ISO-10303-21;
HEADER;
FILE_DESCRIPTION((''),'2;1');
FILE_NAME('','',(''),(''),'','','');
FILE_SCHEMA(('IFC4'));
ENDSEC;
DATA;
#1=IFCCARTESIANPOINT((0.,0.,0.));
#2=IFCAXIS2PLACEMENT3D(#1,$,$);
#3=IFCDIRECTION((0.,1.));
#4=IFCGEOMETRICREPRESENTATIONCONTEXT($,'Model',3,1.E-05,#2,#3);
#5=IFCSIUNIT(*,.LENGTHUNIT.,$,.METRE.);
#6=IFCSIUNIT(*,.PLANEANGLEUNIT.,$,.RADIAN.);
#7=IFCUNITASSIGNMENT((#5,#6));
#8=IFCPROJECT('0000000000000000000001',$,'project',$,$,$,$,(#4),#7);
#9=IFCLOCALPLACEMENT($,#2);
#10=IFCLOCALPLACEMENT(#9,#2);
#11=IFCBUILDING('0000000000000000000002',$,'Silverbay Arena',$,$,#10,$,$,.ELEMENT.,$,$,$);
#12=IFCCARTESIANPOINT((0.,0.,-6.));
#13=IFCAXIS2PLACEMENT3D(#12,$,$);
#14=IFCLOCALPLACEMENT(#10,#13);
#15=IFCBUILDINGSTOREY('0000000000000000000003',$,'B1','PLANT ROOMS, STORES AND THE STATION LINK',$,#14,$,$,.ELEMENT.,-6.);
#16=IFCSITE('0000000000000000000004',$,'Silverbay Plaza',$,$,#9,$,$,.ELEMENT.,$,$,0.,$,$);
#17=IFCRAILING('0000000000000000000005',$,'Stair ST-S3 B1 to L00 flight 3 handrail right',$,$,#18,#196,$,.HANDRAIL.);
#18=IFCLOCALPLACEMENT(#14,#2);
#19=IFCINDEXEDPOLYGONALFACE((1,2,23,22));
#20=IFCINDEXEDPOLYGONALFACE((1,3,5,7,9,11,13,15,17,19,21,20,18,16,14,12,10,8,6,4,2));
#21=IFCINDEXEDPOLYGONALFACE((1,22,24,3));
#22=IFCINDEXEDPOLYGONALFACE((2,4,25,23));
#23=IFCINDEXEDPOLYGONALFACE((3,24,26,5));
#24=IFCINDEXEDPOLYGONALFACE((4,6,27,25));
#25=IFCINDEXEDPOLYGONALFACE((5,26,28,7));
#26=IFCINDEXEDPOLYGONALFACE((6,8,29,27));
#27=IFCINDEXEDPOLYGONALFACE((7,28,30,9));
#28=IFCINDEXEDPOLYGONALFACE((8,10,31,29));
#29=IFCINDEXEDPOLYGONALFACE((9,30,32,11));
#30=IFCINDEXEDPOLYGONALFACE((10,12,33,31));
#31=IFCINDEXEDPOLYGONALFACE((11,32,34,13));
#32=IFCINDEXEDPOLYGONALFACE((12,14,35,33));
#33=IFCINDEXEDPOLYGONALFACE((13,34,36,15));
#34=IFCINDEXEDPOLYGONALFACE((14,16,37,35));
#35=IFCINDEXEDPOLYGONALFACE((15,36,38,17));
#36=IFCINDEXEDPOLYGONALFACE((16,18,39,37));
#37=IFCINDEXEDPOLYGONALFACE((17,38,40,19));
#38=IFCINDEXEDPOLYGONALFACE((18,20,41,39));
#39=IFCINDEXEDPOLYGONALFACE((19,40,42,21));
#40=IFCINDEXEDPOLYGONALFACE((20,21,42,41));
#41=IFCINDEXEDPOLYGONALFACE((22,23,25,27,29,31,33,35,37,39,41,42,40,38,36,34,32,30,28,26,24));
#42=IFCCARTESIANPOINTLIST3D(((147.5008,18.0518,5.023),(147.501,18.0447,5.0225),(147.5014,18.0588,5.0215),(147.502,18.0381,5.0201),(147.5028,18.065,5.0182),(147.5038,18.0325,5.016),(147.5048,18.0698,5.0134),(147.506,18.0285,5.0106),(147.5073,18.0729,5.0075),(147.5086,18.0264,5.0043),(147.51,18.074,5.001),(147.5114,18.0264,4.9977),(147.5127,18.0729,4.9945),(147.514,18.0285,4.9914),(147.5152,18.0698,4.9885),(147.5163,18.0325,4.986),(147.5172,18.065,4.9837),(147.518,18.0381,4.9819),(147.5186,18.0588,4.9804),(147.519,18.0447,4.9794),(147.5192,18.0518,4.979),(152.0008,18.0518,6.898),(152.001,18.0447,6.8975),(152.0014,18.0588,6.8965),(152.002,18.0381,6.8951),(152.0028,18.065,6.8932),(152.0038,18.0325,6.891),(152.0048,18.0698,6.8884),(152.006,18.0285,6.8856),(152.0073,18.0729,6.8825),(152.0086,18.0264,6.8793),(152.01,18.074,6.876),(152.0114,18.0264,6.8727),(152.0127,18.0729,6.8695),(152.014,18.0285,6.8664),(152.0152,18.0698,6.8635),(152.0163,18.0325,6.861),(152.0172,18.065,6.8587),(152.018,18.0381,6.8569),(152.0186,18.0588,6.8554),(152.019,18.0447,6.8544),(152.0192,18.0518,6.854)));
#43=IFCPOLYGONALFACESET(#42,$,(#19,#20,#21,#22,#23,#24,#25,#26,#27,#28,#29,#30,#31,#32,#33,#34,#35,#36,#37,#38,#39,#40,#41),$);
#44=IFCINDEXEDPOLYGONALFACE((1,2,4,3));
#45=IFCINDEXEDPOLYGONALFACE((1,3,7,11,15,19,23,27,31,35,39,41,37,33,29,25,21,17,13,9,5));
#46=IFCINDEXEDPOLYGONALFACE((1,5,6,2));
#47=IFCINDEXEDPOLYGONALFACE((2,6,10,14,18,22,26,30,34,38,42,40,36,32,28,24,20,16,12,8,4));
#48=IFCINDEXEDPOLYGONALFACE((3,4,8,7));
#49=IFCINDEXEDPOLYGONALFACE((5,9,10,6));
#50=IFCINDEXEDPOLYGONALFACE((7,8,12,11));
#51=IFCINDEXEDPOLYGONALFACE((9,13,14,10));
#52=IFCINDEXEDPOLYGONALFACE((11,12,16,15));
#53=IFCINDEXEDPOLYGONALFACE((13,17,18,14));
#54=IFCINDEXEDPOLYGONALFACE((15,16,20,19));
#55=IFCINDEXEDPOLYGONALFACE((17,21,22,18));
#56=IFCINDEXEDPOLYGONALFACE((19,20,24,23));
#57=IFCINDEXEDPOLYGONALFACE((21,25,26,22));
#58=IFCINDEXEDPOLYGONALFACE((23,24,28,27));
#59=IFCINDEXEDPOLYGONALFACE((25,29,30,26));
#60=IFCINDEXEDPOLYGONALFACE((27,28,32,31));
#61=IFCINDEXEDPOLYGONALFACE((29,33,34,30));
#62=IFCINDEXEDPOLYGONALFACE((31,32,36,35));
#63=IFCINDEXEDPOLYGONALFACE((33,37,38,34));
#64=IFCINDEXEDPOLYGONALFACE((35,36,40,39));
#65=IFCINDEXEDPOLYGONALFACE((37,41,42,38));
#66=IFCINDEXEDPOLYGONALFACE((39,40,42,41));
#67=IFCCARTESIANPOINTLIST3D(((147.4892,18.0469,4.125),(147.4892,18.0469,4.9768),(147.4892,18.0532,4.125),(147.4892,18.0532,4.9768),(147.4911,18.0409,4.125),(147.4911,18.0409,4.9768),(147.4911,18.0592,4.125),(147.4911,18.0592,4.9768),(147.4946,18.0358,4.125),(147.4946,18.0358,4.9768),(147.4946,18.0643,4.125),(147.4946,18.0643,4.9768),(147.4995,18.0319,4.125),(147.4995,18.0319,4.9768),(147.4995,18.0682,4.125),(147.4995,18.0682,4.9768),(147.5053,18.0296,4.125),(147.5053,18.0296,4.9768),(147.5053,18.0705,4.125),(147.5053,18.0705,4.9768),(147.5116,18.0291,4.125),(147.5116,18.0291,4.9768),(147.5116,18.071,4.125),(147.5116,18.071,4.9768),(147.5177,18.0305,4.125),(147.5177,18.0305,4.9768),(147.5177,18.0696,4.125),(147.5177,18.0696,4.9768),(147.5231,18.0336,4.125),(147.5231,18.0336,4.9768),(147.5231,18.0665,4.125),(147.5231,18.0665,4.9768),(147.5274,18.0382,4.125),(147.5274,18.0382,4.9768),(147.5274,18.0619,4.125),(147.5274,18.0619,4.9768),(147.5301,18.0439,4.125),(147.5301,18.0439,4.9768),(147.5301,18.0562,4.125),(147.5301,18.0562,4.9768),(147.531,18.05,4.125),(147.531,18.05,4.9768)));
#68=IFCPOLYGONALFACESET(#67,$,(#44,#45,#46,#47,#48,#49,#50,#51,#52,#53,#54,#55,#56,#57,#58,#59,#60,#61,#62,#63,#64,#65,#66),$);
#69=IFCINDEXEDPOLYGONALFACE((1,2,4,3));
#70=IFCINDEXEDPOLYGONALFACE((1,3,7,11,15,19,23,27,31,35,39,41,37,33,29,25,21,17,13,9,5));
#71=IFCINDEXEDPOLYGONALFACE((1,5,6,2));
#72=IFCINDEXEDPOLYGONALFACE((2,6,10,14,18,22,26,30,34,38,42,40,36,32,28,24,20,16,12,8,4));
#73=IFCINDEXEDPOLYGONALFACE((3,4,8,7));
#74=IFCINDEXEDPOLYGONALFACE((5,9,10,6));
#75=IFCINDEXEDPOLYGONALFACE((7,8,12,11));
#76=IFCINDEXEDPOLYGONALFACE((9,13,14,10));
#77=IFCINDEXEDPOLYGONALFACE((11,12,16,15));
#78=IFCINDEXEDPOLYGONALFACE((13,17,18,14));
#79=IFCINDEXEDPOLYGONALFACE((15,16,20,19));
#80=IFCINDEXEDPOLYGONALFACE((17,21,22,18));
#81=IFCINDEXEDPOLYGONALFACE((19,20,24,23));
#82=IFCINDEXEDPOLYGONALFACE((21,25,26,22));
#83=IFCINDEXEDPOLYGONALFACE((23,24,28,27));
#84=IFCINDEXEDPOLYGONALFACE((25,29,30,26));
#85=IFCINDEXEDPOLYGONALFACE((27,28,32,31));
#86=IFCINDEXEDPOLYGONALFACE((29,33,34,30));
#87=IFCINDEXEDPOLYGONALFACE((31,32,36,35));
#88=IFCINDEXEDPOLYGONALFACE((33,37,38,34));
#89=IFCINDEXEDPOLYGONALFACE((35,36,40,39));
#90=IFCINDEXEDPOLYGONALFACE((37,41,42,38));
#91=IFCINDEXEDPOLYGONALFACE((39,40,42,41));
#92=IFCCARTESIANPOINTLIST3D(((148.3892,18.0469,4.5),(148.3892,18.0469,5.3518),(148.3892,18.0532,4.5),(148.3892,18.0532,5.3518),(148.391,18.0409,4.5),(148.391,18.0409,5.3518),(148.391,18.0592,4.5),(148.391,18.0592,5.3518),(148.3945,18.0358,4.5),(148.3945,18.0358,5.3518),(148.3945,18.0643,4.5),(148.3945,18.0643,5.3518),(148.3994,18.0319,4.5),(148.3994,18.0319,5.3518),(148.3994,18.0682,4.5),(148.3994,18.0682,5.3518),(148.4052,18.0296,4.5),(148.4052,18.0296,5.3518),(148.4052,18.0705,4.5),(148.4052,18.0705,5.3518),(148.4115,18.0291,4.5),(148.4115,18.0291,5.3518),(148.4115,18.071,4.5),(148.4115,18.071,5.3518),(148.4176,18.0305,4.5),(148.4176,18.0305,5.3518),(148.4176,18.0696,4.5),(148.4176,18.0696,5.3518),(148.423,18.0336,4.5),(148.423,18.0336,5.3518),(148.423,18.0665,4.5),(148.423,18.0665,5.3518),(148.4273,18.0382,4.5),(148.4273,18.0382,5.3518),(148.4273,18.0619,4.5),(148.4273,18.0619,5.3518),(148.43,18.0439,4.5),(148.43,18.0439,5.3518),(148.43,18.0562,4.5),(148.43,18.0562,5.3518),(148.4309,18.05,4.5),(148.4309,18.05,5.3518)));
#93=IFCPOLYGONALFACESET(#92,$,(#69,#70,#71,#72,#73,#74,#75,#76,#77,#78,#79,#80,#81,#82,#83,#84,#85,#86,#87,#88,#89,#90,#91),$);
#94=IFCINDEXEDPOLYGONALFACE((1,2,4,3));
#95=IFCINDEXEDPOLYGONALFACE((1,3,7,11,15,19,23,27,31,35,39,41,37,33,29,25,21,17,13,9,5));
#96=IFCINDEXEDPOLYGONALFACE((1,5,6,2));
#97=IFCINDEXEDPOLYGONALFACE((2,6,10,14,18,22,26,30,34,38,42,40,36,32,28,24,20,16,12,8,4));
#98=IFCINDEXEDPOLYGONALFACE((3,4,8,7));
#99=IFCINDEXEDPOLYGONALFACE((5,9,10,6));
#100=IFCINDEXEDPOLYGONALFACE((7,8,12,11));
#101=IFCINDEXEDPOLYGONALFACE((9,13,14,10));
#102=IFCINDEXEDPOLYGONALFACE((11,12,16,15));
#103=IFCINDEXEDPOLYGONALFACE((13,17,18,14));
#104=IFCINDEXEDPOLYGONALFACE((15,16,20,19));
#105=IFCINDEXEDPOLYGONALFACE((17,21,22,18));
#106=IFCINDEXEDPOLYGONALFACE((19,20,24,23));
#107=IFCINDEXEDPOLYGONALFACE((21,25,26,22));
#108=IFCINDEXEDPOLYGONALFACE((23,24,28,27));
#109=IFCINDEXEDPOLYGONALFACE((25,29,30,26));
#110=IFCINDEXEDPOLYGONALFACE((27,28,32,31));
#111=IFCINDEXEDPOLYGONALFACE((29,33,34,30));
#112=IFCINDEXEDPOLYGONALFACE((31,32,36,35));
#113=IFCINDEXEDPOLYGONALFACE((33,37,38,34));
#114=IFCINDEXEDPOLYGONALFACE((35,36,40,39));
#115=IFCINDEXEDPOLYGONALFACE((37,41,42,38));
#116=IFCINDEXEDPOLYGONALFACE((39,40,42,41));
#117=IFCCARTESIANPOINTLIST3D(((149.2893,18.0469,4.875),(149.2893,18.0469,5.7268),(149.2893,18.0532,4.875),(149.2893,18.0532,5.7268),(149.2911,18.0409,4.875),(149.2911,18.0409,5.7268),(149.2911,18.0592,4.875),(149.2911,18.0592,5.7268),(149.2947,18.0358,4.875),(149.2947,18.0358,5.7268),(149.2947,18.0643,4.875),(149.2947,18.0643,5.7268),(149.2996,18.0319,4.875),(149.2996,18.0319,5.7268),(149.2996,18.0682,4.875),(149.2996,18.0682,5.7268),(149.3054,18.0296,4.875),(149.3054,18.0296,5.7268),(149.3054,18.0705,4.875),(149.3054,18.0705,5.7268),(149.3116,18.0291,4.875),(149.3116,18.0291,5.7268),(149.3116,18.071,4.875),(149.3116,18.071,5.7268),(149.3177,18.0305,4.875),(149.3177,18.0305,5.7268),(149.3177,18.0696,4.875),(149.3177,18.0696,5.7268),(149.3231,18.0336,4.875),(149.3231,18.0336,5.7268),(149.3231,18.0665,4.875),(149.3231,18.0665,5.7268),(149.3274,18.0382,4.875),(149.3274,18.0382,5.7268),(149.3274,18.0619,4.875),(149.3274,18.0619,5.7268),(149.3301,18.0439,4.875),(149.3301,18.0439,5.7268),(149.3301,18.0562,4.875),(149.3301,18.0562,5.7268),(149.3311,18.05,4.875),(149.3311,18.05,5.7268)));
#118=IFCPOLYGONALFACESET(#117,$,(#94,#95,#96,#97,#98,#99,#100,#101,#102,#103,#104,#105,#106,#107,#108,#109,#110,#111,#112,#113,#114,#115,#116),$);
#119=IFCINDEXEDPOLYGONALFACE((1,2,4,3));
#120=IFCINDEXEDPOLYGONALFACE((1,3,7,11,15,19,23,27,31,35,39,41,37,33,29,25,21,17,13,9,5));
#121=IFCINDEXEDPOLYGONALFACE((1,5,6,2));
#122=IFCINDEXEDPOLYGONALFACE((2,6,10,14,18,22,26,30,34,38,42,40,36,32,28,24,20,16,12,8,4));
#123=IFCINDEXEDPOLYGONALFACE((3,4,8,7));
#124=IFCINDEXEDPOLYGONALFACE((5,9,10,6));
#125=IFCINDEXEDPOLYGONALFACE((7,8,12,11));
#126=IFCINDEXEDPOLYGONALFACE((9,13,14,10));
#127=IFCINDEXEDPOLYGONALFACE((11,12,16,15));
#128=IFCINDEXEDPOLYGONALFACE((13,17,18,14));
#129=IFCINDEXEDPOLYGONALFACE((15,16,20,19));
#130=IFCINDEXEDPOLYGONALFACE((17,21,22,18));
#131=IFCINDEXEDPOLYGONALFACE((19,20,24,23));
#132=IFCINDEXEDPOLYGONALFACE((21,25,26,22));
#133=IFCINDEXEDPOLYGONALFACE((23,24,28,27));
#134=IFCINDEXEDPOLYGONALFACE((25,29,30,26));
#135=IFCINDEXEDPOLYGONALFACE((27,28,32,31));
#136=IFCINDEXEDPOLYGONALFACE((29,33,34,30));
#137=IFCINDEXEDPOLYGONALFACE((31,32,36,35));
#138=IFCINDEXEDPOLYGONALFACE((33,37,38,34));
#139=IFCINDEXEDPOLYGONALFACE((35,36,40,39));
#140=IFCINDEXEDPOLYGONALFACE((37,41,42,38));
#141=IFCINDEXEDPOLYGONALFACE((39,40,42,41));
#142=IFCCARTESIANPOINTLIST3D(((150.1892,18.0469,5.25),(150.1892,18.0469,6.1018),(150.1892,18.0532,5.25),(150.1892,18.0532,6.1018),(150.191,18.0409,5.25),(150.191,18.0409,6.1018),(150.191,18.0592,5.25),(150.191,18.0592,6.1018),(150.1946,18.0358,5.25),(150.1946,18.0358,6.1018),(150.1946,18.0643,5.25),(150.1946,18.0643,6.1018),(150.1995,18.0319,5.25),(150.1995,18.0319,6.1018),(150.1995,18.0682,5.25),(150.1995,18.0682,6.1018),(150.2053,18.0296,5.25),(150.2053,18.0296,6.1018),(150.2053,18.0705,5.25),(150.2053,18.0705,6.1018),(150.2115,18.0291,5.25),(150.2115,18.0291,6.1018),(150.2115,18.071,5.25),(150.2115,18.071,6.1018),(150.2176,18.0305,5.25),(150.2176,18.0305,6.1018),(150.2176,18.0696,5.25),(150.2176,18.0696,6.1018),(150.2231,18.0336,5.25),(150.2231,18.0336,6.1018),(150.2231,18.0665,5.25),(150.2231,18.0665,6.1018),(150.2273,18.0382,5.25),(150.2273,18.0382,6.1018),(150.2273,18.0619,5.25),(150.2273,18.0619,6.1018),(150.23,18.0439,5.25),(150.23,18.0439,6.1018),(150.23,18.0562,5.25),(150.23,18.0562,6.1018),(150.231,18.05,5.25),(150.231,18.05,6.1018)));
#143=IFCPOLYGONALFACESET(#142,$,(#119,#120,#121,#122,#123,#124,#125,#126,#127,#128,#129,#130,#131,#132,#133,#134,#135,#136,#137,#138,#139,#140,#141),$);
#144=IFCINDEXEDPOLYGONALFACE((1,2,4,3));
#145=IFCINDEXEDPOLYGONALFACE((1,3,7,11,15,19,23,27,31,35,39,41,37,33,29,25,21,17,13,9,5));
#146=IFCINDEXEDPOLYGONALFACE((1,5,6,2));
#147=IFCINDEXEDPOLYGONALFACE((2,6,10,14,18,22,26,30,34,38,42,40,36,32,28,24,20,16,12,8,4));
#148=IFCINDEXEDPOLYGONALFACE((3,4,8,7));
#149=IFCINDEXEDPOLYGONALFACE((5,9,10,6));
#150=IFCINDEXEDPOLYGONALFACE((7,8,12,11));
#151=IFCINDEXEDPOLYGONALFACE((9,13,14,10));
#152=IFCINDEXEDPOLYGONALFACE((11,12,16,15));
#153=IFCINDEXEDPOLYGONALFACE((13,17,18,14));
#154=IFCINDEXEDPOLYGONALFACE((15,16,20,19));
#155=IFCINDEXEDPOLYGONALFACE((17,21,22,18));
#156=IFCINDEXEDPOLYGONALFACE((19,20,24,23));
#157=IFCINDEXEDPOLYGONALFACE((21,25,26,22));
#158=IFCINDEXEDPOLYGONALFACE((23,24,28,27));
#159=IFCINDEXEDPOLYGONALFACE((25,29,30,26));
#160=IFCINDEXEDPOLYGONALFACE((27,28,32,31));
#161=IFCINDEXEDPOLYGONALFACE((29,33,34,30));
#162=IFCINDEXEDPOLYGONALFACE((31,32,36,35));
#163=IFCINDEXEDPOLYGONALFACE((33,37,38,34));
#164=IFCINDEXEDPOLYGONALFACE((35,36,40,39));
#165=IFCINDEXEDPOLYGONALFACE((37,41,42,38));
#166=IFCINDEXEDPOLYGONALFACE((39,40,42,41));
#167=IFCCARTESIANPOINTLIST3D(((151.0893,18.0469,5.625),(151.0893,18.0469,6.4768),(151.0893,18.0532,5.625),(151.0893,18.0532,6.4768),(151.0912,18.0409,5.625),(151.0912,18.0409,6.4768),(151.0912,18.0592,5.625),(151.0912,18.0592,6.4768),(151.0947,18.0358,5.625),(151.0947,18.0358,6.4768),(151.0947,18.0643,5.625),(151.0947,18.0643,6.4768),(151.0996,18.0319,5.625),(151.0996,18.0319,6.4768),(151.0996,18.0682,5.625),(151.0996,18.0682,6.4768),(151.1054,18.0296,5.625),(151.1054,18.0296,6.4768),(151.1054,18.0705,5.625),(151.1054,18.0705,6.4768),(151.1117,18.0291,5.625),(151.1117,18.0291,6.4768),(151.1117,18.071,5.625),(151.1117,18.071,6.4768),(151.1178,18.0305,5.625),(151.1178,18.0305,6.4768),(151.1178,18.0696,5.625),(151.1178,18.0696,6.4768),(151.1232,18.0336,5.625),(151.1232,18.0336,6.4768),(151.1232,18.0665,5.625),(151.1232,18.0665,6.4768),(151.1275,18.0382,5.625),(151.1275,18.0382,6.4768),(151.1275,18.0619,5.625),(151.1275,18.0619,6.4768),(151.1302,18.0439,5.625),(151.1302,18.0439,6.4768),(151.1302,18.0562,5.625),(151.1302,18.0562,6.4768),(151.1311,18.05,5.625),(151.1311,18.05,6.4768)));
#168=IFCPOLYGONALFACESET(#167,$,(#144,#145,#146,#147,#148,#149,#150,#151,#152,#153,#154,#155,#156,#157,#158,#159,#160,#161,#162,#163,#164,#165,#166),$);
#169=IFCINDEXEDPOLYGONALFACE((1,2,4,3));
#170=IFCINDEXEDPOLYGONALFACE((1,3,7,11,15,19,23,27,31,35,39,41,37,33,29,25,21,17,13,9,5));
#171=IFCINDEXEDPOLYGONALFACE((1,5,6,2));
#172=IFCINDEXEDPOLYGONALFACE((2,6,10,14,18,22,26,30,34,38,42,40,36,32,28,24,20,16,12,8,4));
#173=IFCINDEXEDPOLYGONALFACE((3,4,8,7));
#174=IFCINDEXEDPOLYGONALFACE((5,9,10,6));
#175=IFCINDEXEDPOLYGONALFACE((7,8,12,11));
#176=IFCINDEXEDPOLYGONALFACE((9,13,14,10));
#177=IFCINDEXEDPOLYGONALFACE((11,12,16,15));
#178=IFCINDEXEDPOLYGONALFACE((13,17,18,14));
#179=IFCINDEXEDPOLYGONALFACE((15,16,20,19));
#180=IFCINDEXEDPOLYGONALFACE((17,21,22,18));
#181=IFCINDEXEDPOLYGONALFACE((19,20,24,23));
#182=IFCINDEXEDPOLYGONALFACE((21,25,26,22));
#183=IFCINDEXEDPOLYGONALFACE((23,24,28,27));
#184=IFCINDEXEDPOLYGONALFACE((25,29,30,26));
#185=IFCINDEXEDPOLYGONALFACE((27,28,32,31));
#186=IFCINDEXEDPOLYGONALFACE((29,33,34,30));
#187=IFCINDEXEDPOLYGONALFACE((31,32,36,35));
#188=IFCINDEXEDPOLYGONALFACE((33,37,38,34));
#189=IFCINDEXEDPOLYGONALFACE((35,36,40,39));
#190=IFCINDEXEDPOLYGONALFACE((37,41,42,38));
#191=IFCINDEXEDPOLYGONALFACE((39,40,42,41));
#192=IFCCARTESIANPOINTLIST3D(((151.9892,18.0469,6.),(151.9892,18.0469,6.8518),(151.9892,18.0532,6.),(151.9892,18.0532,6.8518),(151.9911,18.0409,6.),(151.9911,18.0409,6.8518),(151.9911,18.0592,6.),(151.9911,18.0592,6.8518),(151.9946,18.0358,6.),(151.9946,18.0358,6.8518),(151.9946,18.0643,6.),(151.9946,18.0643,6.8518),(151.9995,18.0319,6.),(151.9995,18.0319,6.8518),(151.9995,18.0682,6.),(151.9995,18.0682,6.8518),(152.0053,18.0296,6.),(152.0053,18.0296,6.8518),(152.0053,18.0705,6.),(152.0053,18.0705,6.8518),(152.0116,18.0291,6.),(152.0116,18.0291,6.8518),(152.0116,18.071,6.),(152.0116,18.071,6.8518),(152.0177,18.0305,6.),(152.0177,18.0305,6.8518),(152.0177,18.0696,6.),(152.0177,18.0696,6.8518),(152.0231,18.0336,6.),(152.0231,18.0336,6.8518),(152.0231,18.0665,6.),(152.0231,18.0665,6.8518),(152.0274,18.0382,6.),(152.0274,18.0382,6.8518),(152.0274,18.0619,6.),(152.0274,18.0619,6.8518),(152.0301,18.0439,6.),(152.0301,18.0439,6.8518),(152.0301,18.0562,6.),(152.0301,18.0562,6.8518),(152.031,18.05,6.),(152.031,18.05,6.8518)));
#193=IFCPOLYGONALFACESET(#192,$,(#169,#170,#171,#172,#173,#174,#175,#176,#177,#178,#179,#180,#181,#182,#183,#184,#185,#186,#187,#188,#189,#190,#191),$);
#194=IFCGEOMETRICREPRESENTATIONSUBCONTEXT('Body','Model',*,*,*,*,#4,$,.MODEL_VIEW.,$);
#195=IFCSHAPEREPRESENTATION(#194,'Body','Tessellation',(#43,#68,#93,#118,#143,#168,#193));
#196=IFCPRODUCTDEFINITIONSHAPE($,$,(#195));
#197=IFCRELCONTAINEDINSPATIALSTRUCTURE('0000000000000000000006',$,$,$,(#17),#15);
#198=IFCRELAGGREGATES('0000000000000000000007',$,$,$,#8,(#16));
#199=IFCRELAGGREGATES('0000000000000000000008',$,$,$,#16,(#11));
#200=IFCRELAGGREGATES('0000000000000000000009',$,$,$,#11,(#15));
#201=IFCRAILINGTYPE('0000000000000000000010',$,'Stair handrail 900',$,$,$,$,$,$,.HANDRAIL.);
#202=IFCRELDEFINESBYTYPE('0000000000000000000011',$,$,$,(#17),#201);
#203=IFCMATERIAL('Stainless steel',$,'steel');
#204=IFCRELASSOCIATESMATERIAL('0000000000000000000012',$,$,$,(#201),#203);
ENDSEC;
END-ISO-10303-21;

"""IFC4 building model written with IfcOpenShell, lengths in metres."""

from ifc_helpers import new_model, si_unit, direction, frame, origin, origin_2d, place, context, subcontext, project, spatial, circle, extrude, material, type_object, element, save


model = new_model("IFC4")

# Units and contexts
model_context = context("Model", 3, precision=1e-05, world=origin(), true_north=direction((0.0, 1.0)))
body_context = subcontext(model_context, "Body", "Model", "MODEL_VIEW")
ifc_project = project(units=[si_unit("LENGTHUNIT", "METRE"), si_unit("PLANEANGLEUNIT", "RADIAN")], contexts=[model_context])

# Site, building, storey
site_placement = place(None, origin())
site = spatial("IfcSite", under=ifc_project, at=site_placement, Name="Silverbay Plaza", CompositionType="ELEMENT", RefElevation=0.0)
building_placement = place(site_placement, origin())
building = spatial("IfcBuilding", under=site, at=building_placement, Name="Silverbay Arena", CompositionType="ELEMENT")
storey_placement = place(building_placement, frame((0.0, 0.0, -6.0)))
storey = spatial("IfcBuildingStorey", under=building, at=storey_placement, Name="B1", Description="PLANT ROOMS, STORES AND THE STATION LINK", CompositionType="ELEMENT", Elevation=-6.0)

# Railing
ifc_material_1 = material(Name="Stainless steel", Category="steel")
railing_type_1 = type_object("IfcRailingType", Name="Stair handrail 900", PredefinedType="HANDRAIL", material=ifc_material_1)
for number, where, name in (
    (1, (147.51, 18.05, 4.125), "Stair ST-S3 B1 to L00 flight 3 handrail right"),
):
    element("IfcRailing", number, at=place(storey_placement, frame(where)), inside=storey, type_object=railing_type_1, Name=name, PredefinedType="HANDRAIL", context=body_context, shape_type="SweptSolid", body=[
        extrude(circle(Radius=0.0239, at=origin_2d()), frame((0.0, 0.0, 0.876), z_axis=(0.923077, 0.0, 0.384615), x_axis=(0.0, 1.0, 0.0)), (0.0, 0.0, 1.0), 4.875),
        extrude(circle(Radius=0.021, at=origin_2d()), origin(), (0.0, 0.0, 1.0), 0.8518),
        extrude(circle(Radius=0.021, at=origin_2d()), frame((0.8999, 0.0, 0.375)), (0.0, 0.0, 1.0), 0.8518),
        extrude(circle(Radius=0.021, at=origin_2d()), frame((1.8, 0.0, 0.75)), (0.0, 0.0, 1.0), 0.8518),
        extrude(circle(Radius=0.021, at=origin_2d()), frame((2.7, 0.0, 1.125)), (0.0, 0.0, 1.0), 0.8518),
        extrude(circle(Radius=0.021, at=origin_2d()), frame((3.6001, 0.0, 1.5)), (0.0, 0.0, 1.0), 0.8518),
        extrude(circle(Radius=0.021, at=origin_2d()), frame((4.5, 0.0, 1.875)), (0.0, 0.0, 1.0), 0.8518),
    ])

save(model, "model.ifc")
